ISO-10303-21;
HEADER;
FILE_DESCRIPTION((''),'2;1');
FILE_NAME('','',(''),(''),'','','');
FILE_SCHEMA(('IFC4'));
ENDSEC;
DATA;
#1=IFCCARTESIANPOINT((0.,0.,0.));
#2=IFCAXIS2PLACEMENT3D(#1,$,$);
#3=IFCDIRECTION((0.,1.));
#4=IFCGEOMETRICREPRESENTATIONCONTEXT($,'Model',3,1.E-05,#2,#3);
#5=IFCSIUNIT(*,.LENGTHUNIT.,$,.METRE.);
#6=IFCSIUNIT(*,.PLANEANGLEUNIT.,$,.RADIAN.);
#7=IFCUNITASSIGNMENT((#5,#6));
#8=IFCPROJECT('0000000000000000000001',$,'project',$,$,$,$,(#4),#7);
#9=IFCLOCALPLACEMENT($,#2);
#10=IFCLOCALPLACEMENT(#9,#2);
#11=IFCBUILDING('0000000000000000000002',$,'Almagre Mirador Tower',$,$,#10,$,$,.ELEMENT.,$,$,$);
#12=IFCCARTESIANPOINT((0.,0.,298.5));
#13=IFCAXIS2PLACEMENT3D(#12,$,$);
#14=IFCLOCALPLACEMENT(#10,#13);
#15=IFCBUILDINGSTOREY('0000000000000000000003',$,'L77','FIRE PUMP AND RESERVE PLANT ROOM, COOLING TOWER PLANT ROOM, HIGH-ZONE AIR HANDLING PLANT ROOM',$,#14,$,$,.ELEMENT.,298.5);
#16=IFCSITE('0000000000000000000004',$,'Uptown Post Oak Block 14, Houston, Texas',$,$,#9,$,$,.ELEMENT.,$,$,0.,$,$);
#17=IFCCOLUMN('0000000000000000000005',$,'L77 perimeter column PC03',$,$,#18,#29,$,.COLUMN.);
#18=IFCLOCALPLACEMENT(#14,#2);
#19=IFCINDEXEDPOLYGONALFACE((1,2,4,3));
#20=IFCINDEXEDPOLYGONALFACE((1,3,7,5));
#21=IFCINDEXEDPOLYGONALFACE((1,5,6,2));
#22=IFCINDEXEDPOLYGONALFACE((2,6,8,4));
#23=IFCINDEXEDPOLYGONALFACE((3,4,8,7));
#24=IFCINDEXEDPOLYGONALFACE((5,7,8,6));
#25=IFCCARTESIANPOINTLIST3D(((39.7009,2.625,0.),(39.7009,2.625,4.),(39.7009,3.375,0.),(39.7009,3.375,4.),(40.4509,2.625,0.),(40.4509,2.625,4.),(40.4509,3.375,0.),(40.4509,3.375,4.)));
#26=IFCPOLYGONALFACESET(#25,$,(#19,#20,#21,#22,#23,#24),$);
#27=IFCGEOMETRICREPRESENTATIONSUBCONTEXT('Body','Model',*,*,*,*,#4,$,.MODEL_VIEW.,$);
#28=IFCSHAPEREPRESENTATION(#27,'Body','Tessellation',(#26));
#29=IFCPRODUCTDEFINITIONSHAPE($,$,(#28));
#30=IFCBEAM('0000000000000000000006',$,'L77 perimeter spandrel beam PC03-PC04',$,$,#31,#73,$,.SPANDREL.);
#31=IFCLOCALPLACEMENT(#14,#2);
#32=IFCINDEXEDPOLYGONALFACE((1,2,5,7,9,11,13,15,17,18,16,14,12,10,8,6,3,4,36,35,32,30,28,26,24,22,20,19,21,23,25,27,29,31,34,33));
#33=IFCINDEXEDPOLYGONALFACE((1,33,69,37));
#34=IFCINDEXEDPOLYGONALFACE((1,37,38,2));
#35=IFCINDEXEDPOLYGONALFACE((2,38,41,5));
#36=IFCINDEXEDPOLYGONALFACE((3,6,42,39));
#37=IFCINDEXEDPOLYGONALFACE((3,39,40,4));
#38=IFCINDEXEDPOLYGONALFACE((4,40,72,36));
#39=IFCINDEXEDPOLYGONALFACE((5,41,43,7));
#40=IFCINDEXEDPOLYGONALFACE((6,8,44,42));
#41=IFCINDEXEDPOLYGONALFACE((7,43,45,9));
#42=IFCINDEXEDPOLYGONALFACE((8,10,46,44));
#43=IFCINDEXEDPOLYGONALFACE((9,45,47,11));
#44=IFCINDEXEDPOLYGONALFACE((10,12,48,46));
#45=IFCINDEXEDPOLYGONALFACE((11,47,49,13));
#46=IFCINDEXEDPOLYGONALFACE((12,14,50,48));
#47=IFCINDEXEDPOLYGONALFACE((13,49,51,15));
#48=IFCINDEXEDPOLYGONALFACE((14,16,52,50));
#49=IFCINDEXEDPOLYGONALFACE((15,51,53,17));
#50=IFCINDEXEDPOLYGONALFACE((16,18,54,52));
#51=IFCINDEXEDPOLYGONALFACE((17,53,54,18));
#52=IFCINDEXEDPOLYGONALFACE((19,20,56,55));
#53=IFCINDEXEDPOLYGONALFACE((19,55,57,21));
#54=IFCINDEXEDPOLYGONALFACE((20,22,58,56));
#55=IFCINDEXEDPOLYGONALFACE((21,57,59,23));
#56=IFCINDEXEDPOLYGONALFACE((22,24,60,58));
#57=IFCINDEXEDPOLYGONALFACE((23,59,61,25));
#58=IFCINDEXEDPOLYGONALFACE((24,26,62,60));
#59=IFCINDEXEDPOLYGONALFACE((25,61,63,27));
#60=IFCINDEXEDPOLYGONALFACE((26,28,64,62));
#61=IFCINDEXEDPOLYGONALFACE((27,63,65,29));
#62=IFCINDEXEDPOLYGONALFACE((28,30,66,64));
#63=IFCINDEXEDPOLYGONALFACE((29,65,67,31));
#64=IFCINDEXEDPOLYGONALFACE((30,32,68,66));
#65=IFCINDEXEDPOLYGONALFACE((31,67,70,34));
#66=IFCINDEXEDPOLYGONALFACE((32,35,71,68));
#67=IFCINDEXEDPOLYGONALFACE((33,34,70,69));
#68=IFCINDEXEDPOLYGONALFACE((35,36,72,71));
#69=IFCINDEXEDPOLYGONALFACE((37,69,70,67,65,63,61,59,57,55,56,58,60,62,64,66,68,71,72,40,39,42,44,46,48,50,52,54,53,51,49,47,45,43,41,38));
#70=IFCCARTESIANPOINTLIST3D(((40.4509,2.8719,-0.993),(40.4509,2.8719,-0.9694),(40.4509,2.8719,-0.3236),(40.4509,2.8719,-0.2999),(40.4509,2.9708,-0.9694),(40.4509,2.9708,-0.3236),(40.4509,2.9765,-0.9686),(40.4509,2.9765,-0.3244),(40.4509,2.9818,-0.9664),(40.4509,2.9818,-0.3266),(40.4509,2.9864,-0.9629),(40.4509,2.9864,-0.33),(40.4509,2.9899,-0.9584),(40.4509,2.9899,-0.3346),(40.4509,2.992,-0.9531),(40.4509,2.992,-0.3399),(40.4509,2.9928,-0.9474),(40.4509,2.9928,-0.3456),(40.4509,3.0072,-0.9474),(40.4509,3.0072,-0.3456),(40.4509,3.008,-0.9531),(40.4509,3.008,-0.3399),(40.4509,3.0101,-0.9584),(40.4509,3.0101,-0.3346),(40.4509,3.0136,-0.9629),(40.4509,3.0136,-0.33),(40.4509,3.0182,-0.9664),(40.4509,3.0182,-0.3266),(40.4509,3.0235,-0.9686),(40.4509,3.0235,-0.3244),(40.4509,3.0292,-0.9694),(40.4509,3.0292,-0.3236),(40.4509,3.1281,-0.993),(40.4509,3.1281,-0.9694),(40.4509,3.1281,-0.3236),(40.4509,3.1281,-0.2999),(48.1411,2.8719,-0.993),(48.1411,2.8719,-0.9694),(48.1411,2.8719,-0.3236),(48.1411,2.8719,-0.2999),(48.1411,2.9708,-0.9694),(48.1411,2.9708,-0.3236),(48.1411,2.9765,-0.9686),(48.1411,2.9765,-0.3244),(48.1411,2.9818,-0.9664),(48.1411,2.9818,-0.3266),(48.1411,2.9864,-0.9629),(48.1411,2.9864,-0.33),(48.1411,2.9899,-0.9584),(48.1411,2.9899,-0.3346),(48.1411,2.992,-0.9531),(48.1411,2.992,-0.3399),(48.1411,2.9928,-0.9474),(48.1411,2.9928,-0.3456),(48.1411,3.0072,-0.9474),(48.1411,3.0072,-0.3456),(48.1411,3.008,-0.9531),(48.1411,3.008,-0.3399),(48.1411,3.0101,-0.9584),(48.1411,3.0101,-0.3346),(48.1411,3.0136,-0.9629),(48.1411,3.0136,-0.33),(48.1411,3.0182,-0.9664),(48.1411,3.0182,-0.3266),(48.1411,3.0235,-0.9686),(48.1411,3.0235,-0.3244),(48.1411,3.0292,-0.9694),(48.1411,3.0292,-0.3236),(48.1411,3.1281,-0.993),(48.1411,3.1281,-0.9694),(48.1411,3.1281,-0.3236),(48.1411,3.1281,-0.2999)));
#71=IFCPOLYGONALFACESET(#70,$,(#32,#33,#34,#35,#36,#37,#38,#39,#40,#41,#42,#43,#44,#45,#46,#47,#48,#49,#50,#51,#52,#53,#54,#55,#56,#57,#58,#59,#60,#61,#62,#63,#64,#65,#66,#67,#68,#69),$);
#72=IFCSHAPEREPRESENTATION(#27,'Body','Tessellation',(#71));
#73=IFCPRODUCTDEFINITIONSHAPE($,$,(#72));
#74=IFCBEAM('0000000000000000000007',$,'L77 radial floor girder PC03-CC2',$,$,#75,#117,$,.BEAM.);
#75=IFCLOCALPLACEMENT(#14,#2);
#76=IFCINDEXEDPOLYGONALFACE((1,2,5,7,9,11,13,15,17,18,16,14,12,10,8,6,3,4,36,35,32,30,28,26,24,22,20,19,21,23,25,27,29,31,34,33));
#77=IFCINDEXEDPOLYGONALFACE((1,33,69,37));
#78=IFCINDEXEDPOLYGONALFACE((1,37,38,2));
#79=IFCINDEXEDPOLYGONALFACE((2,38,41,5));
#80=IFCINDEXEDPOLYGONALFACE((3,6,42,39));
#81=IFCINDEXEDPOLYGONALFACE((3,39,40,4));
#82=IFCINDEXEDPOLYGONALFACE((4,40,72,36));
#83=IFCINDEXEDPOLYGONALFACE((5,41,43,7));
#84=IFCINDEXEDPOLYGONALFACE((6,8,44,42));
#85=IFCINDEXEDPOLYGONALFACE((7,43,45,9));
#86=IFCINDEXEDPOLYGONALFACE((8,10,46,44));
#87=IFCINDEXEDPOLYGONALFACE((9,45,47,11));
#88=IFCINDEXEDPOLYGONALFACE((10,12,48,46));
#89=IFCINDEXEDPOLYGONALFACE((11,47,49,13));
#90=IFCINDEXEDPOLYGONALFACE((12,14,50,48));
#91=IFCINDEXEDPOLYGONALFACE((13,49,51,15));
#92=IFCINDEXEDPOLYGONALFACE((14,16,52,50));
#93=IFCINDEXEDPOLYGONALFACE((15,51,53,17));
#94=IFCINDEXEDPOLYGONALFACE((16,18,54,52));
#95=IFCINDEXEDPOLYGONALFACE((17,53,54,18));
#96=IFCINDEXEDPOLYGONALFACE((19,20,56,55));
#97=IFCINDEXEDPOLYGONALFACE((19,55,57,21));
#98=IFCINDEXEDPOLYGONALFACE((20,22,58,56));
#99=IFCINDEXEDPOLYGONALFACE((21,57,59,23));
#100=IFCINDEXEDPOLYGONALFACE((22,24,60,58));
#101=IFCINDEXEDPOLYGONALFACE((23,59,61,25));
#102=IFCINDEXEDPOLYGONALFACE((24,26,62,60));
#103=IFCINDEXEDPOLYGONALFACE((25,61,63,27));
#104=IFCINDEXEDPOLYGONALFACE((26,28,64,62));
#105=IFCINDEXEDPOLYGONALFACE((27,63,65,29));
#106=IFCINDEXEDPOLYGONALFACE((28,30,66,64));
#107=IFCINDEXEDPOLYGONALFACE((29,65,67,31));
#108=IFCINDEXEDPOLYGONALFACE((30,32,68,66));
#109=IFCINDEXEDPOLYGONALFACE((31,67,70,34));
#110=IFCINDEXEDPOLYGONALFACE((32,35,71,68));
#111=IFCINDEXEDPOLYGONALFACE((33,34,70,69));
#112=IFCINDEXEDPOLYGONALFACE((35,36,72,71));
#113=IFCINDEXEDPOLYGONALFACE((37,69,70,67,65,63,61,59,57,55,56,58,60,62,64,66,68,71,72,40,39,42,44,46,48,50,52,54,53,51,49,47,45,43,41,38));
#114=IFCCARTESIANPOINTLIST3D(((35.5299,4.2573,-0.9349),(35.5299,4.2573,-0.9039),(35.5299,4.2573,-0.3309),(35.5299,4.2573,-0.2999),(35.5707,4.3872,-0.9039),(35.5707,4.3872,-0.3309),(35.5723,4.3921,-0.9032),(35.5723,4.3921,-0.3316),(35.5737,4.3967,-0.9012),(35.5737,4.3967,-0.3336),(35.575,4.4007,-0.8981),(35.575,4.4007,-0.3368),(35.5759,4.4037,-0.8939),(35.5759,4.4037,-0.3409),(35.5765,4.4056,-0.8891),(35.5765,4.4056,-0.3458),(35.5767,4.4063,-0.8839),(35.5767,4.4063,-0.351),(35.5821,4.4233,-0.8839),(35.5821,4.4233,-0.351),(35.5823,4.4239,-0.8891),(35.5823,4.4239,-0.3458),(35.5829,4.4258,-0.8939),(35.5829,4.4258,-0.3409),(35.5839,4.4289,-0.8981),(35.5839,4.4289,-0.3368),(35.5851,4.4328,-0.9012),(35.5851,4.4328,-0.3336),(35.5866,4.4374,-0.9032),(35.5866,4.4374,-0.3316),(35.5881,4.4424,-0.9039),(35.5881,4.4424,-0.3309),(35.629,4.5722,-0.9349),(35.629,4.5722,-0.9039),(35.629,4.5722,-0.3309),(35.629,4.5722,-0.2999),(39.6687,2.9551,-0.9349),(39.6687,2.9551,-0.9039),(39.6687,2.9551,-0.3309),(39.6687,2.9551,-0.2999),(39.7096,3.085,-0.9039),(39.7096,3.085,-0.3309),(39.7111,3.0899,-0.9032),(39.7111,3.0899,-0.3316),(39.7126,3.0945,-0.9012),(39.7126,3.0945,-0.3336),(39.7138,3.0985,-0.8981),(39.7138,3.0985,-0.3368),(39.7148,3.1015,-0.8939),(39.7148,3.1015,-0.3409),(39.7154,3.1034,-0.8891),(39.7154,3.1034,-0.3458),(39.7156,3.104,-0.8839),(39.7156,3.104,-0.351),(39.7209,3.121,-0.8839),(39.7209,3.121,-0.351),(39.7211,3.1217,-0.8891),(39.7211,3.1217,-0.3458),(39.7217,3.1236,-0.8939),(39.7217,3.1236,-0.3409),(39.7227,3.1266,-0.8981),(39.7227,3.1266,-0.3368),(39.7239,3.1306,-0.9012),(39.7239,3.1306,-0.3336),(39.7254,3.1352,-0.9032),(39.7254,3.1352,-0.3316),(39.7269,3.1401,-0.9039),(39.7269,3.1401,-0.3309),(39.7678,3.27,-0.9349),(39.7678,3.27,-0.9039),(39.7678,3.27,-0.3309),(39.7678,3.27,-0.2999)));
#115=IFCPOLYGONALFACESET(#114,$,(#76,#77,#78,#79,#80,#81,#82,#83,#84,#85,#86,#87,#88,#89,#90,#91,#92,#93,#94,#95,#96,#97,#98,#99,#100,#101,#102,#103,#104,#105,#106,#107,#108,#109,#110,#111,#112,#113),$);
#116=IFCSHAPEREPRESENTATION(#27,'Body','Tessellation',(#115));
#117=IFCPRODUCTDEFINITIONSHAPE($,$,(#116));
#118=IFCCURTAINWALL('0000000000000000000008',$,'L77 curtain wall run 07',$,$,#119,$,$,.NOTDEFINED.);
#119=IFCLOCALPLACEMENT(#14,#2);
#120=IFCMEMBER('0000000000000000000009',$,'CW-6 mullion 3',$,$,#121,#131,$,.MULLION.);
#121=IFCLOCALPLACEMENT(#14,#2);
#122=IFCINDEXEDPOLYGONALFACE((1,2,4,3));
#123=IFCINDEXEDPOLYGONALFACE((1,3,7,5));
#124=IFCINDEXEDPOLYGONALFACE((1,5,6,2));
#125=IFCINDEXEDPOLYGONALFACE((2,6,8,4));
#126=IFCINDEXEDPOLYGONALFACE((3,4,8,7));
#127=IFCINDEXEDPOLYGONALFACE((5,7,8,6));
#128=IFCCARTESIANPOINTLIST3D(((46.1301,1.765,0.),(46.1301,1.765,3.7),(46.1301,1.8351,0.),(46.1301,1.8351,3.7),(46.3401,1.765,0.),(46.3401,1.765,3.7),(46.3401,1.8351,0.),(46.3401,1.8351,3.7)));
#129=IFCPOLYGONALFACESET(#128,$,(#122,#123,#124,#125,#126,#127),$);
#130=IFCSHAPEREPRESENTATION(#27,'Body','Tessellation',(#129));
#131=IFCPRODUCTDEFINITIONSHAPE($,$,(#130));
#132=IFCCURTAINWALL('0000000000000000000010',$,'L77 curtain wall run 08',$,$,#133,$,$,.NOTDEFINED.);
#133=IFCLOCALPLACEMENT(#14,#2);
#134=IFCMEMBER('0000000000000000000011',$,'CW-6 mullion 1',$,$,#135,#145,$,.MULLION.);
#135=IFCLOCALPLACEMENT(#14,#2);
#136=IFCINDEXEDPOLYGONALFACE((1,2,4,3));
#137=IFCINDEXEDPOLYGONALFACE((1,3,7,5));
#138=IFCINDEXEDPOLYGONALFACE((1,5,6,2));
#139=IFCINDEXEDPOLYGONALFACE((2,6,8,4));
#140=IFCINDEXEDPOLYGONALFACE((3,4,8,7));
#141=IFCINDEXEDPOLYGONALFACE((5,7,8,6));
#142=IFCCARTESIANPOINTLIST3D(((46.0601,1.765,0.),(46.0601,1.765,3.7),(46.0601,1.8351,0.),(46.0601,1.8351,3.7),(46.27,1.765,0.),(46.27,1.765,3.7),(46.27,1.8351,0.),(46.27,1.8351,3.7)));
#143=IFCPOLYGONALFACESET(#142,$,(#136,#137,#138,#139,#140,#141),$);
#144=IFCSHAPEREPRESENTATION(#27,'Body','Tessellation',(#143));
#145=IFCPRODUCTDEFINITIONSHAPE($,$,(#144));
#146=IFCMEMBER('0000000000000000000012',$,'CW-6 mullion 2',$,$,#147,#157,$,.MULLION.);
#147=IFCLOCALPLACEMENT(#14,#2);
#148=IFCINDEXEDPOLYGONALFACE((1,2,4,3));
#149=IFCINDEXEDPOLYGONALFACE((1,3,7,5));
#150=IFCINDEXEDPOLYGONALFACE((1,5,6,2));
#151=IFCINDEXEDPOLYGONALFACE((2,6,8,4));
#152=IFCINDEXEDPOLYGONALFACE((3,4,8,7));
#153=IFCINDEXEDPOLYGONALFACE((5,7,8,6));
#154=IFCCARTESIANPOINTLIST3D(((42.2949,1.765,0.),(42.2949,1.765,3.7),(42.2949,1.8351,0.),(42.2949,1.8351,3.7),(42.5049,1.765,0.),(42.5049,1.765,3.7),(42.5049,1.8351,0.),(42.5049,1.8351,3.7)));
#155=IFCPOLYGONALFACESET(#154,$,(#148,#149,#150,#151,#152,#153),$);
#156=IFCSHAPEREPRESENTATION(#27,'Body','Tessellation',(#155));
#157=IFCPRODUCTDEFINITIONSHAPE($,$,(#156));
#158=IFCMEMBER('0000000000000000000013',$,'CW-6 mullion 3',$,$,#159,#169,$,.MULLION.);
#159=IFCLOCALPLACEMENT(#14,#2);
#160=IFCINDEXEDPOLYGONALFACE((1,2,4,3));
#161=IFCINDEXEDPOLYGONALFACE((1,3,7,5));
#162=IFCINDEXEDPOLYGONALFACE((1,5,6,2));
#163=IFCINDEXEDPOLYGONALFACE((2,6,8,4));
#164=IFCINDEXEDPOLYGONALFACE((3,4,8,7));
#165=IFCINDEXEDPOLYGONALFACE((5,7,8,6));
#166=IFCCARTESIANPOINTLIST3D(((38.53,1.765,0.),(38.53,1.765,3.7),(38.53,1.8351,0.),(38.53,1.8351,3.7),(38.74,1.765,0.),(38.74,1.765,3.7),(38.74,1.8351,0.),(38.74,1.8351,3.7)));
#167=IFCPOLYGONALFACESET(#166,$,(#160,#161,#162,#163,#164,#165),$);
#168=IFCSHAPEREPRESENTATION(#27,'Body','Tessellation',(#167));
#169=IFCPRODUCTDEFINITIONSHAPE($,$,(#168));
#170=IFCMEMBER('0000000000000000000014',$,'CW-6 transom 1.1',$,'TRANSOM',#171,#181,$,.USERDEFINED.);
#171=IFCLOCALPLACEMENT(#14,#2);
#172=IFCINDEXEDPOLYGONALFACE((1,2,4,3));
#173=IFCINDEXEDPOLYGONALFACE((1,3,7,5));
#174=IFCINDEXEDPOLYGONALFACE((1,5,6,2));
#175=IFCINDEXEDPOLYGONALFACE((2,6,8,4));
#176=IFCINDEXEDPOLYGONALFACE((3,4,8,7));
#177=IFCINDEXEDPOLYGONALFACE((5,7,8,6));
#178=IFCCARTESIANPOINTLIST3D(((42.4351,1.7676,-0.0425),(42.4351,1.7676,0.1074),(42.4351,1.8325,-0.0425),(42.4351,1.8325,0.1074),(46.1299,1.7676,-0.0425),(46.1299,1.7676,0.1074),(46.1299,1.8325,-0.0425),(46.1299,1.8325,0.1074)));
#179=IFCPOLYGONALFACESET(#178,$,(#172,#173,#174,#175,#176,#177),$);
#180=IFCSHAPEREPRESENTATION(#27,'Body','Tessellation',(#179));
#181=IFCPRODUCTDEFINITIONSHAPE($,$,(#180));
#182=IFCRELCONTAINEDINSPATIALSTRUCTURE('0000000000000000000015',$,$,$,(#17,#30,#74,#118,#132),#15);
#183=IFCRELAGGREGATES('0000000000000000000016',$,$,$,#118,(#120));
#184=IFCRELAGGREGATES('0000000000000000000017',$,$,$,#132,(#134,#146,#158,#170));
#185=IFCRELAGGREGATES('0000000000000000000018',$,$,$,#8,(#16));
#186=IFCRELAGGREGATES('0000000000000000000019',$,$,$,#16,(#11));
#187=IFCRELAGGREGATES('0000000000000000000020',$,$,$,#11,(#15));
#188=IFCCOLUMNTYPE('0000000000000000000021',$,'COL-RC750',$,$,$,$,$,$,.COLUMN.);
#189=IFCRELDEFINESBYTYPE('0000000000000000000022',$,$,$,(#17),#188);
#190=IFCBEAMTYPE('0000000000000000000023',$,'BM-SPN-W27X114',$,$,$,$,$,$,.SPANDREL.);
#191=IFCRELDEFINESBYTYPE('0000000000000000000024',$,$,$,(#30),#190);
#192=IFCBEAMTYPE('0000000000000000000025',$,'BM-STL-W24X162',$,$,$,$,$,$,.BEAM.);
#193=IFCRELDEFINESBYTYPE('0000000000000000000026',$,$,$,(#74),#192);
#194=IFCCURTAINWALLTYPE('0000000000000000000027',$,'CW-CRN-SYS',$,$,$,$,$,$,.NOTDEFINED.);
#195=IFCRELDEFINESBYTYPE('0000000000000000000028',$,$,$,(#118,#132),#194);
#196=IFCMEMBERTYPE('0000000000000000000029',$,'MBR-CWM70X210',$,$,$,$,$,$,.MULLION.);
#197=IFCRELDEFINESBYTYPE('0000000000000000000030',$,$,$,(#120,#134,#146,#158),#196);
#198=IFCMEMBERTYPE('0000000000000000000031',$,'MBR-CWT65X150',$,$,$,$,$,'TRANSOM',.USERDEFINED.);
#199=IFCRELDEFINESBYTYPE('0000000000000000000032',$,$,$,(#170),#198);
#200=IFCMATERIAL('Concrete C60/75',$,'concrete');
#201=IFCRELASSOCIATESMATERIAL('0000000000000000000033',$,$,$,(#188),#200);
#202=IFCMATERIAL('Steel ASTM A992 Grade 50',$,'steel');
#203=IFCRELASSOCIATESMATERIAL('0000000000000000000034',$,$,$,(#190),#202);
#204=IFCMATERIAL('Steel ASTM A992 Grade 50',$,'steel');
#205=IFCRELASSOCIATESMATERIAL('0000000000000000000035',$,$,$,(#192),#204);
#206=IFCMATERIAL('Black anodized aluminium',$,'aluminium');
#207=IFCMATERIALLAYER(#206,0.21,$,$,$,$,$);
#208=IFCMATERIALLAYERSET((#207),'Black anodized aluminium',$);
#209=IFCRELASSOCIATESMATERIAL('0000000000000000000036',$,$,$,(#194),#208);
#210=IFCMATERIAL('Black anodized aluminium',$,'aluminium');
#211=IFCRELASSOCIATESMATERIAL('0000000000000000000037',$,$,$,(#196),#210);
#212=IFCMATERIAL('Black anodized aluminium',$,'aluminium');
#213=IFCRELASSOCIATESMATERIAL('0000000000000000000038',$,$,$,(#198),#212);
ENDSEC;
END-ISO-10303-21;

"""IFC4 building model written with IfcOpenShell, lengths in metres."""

from ifc_helpers import new_model, si_unit, direction, frame, origin, origin_2d, place, context, subcontext, project, spatial, rectangle, i_section, extrude, material, layer, layer_set, material_profile, profile_set, type_object, element, aggregate, save


model = new_model("IFC4")

# Units and contexts
model_context = context("Model", 3, precision=1e-05, world=origin(), true_north=direction((0.0, 1.0)))
body_context = subcontext(model_context, "Body", "Model", "MODEL_VIEW")
ifc_project = project(units=[si_unit("LENGTHUNIT", "METRE"), si_unit("PLANEANGLEUNIT", "RADIAN")], contexts=[model_context])

# Site, building, storey
site_placement = place(None, origin())
site = spatial("IfcSite", under=ifc_project, at=site_placement, Name="Uptown Post Oak Block 14, Houston, Texas", CompositionType="ELEMENT", RefElevation=0.0)
building_placement = place(site_placement, origin())
building = spatial("IfcBuilding", under=site, at=building_placement, Name="Almagre Mirador Tower", CompositionType="ELEMENT")
storey_placement = place(building_placement, frame((0.0, 0.0, 298.5)))
storey = spatial("IfcBuildingStorey", under=building, at=storey_placement, Name="L77", Description="FIRE PUMP AND RESERVE PLANT ROOM, COOLING TOWER PLANT ROOM, HIGH-ZONE AIR HANDLING PLANT ROOM", CompositionType="ELEMENT", Elevation=298.5)

# Column
ifc_material_1 = material(Name="Concrete C60/75", Category="concrete")
ifc_material_profile_1 = material_profile(ifc_material_1, rectangle(XDim=0.75, YDim=0.75, at=origin_2d()), Name="RC750X750")
ifc_profile_set_1 = profile_set([ifc_material_profile_1], Name="Concrete C60/75")
column_type = type_object("IfcColumnType", Name="COL-RC750", PredefinedType="COLUMN", material=ifc_profile_set_1)
column_placement = place(storey_placement, frame((40.0759, 3.0, 0.0), z_axis=(0.0, 0.0, 1.0), x_axis=(1.0, 0.0, 0.0)))
element("IfcColumn", 1, at=column_placement, inside=storey, type_object=column_type, Name="L77 perimeter column PC03", PredefinedType="COLUMN", context=body_context, shape_type="SweptSolid", body=[
    extrude(rectangle(XDim=0.75, YDim=0.75, at=origin_2d()), origin(), (0.0, 0.0, 1.0), 4.0),
])

# Beams
ifc_material_2 = material(Name="Steel ASTM A992 Grade 50", Category="steel")
ifc_material_profile_2 = material_profile(ifc_material_2, i_section(OverallWidth=0.2561, OverallDepth=0.6931, WebThickness=0.0144, FlangeThickness=0.0237, FilletRadius=0.022, at=origin_2d()), Name="W27X114")
ifc_profile_set_2 = profile_set([ifc_material_profile_2], Name="Steel ASTM A992 Grade 50")
beam_type_1 = type_object("IfcBeamType", Name="BM-SPN-W27X114", PredefinedType="SPANDREL", material=ifc_profile_set_2)
beam_1_placement = place(storey_placement, frame((40.4509, 3.0, -0.6465), z_axis=(1.0, 0.0, 0.0), x_axis=(0.0, 1.0, 0.0)))
element("IfcBeam", 2, at=beam_1_placement, inside=storey, type_object=beam_type_1, Name="L77 perimeter spandrel beam PC03-PC04", PredefinedType="SPANDREL", context=body_context, shape_type="SweptSolid", body=[
    extrude(i_section(OverallWidth=0.2561, OverallDepth=0.6931, WebThickness=0.0144, FlangeThickness=0.0237, FilletRadius=0.022, at=origin_2d()), origin(), (0.0, 0.0, 1.0), 7.6902),
])
ifc_material_3 = material(Name="Steel ASTM A992 Grade 50", Category="steel")
ifc_material_profile_3 = material_profile(ifc_material_3, i_section(OverallWidth=0.3301, OverallDepth=0.635, WebThickness=0.0178, FlangeThickness=0.031, FilletRadius=0.02, at=origin_2d()), Name="W24X162")
ifc_profile_set_3 = profile_set([ifc_material_profile_3], Name="Steel ASTM A992 Grade 50")
beam_type_2 = type_object("IfcBeamType", Name="BM-STL-W24X162", PredefinedType="BEAM", material=ifc_profile_set_3)
beam_2_placement = place(storey_placement, frame((39.7183, 3.1125, -0.6174), z_axis=(-0.953898, 0.300129, 0.0), x_axis=(-0.300129, -0.953898, 0.0)))
element("IfcBeam", 3, at=beam_2_placement, inside=storey, type_object=beam_type_2, Name="L77 radial floor girder PC03-CC2", PredefinedType="BEAM", context=body_context, shape_type="SweptSolid", body=[
    extrude(i_section(OverallWidth=0.3301, OverallDepth=0.635, WebThickness=0.0178, FlangeThickness=0.031, FilletRadius=0.02, at=origin_2d()), origin(), (0.0, 0.0, 1.0), 4.3389),
])

# Curtain wall, member
ifc_material_4 = material(Name="Black anodized aluminium", Category="aluminium")
ifc_layer_1 = layer(ifc_material_4, 0.21)
ifc_layer_set_1 = layer_set([ifc_layer_1], Name="Black anodized aluminium")
curtain_wall_type = type_object("IfcCurtainWallType", Name="CW-CRN-SYS", PredefinedType="NOTDEFINED", material=ifc_layer_set_1)
curtain_wall_1_placement = place(storey_placement, origin())
curtain_wall_1 = element("IfcCurtainWall", 4, at=curtain_wall_1_placement, inside=storey, type_object=curtain_wall_type, Name="L77 curtain wall run 07", PredefinedType="NOTDEFINED")
ifc_material_5 = material(Name="Black anodized aluminium", Category="aluminium")
ifc_material_profile_4 = material_profile(ifc_material_5, rectangle(XDim=0.0701, YDim=0.21, at=origin_2d()), Name="CWM70X210")
ifc_profile_set_4 = profile_set([ifc_material_profile_4], Name="Black anodized aluminium")
member_type_1 = type_object("IfcMemberType", Name="MBR-CWM70X210", PredefinedType="MULLION", material=ifc_profile_set_4)
member_1_placement = place(storey_placement, frame((46.2351, 1.8, 0.0), z_axis=(0.0, 0.0, 1.0), x_axis=(0.0, -1.0, 0.0)))
member_1 = element("IfcMember", 5, at=member_1_placement, type_object=member_type_1, Name="CW-6 mullion 3", PredefinedType="MULLION", context=body_context, shape_type="SweptSolid", body=[
    extrude(rectangle(XDim=0.0701, YDim=0.21, at=origin_2d()), origin(), (0.0, 0.0, 1.0), 3.7),
])
aggregate(curtain_wall_1, [member_1])

# Curtain wall, members
curtain_wall_2_placement = place(storey_placement, origin())
curtain_wall_2 = element("IfcCurtainWall", 6, at=curtain_wall_2_placement, inside=storey, type_object=curtain_wall_type, Name="L77 curtain wall run 08", PredefinedType="NOTDEFINED")
member_2_placement = place(storey_placement, frame((46.165, 1.8, 0.0), z_axis=(0.0, 0.0, 1.0), x_axis=(0.0, -1.0, 0.0)))
member_2 = element("IfcMember", 7, at=member_2_placement, type_object=member_type_1, Name="CW-6 mullion 1", PredefinedType="MULLION", context=body_context, shape_type="SweptSolid", body=[
    extrude(rectangle(XDim=0.0701, YDim=0.21, at=origin_2d()), origin(), (0.0, 0.0, 1.0), 3.7),
])
member_3_placement = place(storey_placement, frame((42.3999, 1.8, 0.0), z_axis=(0.0, 0.0, 1.0), x_axis=(0.0, -1.0, 0.0)))
member_3 = element("IfcMember", 8, at=member_3_placement, type_object=member_type_1, Name="CW-6 mullion 2", PredefinedType="MULLION", context=body_context, shape_type="SweptSolid", body=[
    extrude(rectangle(XDim=0.0701, YDim=0.21, at=origin_2d()), origin(), (0.0, 0.0, 1.0), 3.7),
])
member_4_placement = place(storey_placement, frame((38.635, 1.8, 0.0), z_axis=(0.0, 0.0, 1.0), x_axis=(0.0, -1.0, 0.0)))
member_4 = element("IfcMember", 9, at=member_4_placement, type_object=member_type_1, Name="CW-6 mullion 3", PredefinedType="MULLION", context=body_context, shape_type="SweptSolid", body=[
    extrude(rectangle(XDim=0.0701, YDim=0.21, at=origin_2d()), origin(), (0.0, 0.0, 1.0), 3.7),
])
ifc_material_6 = material(Name="Black anodized aluminium", Category="aluminium")
ifc_material_profile_5 = material_profile(ifc_material_6, rectangle(XDim=0.0649, YDim=0.1499, at=origin_2d()), Name="CWT65X150")
ifc_profile_set_5 = profile_set([ifc_material_profile_5], Name="Black anodized aluminium")
member_type_2 = type_object("IfcMemberType", Name="MBR-CWT65X150", ElementType="TRANSOM", PredefinedType="USERDEFINED", material=ifc_profile_set_5)
member_5_placement = place(storey_placement, frame((46.1299, 1.8, 0.0325), z_axis=(-1.0, 0.0, 0.0), x_axis=(0.0, -1.0, 0.0)))
member_5 = element("IfcMember", 10, at=member_5_placement, type_object=member_type_2, Name="CW-6 transom 1.1", ObjectType="TRANSOM", PredefinedType="USERDEFINED", context=body_context, shape_type="SweptSolid", body=[
    extrude(rectangle(XDim=0.0649, YDim=0.1499, at=origin_2d()), origin(), (0.0, 0.0, 1.0), 3.6948),
])
aggregate(curtain_wall_2, [member_2, member_3, member_4, member_5])

save(model, "model.ifc")
